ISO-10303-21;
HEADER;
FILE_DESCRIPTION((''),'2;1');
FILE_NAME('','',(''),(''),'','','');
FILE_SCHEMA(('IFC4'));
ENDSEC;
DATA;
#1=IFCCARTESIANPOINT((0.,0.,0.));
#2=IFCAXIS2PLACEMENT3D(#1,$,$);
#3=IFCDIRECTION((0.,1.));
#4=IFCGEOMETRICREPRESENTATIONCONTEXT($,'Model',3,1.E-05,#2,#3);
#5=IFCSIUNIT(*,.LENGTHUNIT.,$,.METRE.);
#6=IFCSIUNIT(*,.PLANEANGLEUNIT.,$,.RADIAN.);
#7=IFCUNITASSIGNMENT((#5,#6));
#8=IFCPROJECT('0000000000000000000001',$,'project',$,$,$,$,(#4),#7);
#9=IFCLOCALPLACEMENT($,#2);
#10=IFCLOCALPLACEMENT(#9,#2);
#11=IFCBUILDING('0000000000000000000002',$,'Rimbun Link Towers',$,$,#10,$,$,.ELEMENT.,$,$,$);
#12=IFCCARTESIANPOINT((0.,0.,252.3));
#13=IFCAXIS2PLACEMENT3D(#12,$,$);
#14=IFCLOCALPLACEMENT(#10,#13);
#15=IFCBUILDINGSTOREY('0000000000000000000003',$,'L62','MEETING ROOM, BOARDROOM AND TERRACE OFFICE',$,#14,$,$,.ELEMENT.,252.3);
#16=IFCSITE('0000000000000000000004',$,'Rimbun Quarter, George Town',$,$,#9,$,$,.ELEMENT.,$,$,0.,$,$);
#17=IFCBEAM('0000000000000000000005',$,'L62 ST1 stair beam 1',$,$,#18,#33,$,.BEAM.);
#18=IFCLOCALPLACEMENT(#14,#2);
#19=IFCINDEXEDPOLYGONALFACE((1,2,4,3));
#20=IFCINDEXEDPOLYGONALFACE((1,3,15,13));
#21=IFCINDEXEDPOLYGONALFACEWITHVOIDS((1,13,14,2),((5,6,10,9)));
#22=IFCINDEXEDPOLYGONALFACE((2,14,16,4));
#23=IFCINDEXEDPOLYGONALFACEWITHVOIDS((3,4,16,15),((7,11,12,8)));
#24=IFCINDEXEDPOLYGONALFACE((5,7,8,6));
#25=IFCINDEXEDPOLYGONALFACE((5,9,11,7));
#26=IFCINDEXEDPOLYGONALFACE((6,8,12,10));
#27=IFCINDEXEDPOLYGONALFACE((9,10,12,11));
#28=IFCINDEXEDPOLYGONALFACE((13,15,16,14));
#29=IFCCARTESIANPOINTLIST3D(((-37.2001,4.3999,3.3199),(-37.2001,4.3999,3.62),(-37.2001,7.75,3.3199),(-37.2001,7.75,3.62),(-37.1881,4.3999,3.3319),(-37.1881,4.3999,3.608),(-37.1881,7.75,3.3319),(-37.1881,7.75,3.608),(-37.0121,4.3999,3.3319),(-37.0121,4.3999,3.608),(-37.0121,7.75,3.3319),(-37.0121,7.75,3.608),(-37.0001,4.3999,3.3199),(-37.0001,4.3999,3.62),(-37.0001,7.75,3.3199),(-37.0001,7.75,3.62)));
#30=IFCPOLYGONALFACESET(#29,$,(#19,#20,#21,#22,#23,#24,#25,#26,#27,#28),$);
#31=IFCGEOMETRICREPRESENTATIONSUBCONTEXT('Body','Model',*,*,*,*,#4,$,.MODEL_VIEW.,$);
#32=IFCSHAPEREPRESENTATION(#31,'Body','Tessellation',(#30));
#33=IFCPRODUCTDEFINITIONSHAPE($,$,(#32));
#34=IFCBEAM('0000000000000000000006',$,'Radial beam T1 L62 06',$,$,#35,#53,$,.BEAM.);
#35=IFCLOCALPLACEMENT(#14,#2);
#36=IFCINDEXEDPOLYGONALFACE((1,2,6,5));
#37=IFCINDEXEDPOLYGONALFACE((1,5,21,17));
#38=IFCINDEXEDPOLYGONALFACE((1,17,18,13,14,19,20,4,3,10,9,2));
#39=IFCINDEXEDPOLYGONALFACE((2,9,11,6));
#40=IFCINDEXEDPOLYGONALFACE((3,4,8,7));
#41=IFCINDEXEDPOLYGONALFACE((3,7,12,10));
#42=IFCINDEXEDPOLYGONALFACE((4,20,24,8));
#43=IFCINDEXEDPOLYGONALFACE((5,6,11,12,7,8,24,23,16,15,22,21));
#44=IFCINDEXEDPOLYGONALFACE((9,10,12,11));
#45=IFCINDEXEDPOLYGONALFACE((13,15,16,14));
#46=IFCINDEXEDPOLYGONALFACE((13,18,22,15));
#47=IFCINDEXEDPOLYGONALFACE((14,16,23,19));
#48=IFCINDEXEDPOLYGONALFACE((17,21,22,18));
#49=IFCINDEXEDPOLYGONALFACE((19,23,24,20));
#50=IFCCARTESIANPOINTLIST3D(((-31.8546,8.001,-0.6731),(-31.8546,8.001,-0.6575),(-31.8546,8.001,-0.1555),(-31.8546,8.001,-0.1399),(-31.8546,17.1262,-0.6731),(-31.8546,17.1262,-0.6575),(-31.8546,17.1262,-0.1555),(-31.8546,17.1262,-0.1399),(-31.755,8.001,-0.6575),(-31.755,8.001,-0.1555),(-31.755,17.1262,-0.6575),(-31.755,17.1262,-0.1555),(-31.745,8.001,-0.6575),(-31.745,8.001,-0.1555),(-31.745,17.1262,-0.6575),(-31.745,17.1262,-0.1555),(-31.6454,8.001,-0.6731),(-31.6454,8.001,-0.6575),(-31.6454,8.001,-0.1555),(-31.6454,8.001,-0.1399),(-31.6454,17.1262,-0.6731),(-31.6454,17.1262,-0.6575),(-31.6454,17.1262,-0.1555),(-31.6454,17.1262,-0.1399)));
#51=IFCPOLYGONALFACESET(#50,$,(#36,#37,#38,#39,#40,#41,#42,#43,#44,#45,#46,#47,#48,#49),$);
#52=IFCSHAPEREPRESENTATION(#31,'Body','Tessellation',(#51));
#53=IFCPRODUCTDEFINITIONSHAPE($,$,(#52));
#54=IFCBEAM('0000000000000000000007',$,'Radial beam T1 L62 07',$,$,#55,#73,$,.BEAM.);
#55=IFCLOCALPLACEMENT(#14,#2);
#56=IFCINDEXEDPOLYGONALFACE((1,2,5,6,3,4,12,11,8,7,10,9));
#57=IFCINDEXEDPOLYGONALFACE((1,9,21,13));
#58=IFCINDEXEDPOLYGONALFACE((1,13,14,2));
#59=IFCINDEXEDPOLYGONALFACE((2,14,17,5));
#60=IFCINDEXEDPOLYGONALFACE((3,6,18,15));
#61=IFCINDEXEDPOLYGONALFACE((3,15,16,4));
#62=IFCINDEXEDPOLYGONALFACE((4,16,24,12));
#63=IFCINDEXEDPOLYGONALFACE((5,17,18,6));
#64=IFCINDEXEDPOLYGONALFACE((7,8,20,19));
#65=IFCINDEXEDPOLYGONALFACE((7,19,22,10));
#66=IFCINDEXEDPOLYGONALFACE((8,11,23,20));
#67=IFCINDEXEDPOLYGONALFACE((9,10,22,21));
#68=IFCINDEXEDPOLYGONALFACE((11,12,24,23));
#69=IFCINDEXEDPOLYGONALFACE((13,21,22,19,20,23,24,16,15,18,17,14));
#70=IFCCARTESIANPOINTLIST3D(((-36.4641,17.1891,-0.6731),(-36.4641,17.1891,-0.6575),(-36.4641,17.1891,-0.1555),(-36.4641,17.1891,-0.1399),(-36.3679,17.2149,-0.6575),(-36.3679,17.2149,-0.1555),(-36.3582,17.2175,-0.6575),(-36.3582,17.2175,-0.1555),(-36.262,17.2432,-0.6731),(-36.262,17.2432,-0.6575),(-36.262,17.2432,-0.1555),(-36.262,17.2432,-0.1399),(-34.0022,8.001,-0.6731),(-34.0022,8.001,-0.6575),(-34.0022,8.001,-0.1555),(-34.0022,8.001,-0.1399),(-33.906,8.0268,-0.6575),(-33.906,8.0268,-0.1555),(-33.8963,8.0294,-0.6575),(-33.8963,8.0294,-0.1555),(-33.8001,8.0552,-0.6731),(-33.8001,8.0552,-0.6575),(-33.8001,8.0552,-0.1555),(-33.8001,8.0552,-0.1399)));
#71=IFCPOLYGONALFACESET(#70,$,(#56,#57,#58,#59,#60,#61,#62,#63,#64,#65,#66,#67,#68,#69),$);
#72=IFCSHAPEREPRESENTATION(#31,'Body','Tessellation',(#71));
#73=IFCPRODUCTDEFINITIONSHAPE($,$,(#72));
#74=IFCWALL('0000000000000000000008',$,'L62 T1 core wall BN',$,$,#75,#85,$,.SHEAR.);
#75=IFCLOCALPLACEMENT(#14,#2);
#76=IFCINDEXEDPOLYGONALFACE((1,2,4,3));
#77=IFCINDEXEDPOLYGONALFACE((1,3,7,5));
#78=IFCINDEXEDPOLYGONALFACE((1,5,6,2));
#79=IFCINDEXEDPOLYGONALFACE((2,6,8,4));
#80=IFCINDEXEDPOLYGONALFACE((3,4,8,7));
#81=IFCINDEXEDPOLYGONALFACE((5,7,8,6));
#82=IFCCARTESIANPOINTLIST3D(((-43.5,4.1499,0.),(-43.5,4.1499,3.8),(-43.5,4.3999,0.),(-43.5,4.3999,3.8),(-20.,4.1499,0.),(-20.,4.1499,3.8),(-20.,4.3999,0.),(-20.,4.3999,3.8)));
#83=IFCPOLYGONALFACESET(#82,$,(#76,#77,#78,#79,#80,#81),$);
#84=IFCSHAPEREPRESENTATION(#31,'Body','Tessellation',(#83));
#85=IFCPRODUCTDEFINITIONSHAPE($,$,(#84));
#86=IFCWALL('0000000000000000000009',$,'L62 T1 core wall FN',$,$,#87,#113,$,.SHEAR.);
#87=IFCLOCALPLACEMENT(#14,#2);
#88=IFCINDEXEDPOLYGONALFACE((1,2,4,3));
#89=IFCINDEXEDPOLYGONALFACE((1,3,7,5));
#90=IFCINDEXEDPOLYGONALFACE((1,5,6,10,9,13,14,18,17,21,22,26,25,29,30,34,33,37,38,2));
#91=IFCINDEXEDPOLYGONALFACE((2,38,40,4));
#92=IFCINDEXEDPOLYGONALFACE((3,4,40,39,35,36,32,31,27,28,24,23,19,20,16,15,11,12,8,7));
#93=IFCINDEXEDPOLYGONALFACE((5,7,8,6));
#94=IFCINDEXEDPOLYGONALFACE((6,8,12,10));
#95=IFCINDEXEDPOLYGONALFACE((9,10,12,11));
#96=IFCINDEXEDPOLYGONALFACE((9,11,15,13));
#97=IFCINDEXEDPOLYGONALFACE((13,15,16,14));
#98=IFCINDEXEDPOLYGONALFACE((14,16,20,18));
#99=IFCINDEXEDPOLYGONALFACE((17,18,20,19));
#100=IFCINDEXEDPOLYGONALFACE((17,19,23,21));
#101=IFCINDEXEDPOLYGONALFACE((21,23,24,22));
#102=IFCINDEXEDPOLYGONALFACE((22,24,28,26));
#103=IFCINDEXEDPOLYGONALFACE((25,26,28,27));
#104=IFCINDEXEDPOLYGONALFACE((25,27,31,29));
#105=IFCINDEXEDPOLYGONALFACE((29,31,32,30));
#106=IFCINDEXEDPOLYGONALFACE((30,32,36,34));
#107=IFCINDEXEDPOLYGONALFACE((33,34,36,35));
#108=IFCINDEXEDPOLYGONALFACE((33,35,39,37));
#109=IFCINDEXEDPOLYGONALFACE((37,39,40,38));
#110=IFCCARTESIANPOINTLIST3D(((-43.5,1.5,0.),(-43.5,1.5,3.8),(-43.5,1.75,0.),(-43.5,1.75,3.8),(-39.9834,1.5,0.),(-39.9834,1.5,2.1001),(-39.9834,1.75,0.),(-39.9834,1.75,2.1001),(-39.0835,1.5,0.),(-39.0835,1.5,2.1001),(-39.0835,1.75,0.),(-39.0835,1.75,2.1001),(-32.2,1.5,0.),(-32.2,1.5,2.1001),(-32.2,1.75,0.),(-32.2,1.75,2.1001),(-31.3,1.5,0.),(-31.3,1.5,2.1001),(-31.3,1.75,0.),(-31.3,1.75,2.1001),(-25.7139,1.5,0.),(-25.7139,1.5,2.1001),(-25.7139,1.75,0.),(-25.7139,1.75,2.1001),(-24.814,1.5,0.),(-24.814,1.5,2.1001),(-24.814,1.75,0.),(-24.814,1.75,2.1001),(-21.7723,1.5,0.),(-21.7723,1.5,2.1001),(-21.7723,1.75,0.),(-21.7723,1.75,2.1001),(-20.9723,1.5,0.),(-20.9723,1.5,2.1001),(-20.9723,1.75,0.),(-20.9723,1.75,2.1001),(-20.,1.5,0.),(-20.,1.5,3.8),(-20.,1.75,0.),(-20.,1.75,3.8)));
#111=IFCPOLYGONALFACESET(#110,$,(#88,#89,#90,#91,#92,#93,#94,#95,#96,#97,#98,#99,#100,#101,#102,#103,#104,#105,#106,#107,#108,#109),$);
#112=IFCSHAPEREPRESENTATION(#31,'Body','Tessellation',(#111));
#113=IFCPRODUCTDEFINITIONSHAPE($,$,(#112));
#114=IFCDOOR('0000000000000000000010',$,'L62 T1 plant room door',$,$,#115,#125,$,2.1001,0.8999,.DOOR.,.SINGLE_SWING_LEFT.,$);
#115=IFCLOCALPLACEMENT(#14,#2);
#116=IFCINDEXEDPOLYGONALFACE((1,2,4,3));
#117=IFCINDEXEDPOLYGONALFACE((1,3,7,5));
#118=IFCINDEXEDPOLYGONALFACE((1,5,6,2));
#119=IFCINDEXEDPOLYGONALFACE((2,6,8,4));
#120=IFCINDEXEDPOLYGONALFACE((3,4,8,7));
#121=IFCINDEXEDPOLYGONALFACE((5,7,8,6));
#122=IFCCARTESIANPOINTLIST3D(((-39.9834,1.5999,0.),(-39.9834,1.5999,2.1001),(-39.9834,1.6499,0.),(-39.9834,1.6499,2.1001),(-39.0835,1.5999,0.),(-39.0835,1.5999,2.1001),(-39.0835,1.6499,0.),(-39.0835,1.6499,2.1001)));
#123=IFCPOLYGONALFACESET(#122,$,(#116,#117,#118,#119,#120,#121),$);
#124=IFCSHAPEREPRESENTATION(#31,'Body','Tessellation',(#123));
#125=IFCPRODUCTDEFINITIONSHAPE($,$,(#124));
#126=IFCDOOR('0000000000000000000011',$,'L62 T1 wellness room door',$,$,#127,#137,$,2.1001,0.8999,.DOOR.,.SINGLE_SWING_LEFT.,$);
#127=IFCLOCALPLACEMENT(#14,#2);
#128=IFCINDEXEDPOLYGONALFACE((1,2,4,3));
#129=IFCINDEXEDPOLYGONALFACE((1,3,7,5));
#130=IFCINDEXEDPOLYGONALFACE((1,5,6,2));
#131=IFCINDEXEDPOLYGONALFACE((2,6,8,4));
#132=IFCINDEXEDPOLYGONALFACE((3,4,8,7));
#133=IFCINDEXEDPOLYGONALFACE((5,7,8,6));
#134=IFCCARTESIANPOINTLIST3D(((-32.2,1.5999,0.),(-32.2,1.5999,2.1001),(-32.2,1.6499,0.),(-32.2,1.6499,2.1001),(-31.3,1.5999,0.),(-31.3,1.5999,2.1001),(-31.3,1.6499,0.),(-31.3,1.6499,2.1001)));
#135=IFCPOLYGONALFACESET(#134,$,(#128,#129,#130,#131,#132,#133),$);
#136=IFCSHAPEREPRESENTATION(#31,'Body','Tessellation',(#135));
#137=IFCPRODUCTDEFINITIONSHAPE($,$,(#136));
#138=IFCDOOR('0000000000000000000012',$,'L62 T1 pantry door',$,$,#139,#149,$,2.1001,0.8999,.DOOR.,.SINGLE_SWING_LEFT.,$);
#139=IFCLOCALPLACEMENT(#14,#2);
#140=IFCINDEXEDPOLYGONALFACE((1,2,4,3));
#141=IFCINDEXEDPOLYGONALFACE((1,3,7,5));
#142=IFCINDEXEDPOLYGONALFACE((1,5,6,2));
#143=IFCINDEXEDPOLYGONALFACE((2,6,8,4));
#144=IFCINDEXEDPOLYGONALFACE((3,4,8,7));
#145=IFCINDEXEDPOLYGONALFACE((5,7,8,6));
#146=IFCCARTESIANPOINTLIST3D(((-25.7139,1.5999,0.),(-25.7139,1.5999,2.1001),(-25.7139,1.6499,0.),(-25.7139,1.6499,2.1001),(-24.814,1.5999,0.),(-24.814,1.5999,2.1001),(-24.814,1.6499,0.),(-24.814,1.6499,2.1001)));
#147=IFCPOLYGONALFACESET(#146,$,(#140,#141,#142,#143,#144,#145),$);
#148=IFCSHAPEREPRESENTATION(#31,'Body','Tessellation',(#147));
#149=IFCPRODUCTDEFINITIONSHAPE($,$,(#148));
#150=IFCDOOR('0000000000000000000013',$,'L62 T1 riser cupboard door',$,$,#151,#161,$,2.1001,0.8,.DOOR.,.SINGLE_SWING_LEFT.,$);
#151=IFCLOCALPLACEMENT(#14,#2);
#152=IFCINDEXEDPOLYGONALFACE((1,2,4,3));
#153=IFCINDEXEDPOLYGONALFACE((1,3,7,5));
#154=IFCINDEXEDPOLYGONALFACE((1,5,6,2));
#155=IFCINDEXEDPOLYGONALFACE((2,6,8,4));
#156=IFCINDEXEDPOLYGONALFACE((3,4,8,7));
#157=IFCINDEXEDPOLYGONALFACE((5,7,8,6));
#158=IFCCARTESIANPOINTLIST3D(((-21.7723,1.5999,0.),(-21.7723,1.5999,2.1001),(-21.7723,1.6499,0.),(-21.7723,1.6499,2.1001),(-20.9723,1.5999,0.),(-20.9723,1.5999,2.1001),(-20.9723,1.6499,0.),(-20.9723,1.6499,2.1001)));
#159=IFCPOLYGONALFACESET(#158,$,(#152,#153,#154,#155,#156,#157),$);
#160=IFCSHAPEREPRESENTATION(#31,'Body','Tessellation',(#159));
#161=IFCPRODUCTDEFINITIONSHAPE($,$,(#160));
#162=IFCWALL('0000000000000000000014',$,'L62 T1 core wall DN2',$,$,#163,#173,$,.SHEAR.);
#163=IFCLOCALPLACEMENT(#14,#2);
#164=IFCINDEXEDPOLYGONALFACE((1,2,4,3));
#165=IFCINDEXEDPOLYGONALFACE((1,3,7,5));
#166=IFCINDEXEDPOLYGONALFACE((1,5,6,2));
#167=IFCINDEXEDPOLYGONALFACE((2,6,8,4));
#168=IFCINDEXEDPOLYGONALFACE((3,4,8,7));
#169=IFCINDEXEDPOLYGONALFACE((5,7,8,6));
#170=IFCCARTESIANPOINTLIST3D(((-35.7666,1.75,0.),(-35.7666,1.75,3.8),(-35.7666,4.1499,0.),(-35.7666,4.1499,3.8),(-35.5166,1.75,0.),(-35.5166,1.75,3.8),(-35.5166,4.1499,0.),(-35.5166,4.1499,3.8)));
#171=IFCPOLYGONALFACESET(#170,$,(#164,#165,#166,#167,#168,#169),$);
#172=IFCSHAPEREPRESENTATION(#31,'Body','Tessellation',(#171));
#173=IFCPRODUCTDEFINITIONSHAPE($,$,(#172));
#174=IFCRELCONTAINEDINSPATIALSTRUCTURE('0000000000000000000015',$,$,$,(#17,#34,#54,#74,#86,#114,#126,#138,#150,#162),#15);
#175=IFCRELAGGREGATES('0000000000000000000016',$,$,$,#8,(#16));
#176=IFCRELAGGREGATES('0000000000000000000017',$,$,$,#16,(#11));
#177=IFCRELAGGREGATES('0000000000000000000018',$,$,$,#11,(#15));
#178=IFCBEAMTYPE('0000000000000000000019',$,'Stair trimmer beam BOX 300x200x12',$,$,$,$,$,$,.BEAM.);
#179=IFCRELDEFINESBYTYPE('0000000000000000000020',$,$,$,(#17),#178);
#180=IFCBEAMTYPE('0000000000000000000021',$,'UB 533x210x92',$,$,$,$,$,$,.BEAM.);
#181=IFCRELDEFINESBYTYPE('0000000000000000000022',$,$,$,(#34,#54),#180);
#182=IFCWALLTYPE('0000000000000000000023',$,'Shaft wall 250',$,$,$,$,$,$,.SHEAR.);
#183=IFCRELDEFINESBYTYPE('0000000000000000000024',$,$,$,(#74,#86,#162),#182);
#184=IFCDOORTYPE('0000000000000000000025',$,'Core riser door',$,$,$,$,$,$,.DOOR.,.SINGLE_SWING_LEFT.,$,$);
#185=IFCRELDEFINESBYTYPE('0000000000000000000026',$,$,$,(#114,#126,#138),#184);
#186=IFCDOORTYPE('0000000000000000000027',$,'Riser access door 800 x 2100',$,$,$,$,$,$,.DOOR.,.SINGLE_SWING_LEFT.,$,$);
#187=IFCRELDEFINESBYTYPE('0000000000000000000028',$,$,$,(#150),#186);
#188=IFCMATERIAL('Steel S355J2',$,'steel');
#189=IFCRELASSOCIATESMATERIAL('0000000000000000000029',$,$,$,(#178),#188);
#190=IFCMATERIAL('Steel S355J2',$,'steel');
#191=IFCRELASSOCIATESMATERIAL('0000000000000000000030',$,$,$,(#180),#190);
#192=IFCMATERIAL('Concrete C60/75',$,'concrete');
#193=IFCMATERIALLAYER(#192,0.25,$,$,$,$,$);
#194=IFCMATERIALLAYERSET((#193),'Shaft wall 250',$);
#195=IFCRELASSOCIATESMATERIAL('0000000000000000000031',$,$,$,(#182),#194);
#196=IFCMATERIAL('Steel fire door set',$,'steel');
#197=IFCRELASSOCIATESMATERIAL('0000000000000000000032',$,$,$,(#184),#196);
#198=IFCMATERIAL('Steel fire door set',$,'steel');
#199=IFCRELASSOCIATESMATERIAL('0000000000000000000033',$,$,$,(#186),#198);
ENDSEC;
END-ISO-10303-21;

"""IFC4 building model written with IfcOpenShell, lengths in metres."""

from ifc_helpers import new_model, si_unit, direction, frame, frame_2d, origin, origin_2d, place, context, subcontext, project, spatial, rectangle, hollow_rectangle, i_section, extrude, material, layer, layer_set, material_profile, profile_set, type_object, element, fill, save


model = new_model("IFC4")

# Units and contexts
model_context = context("Model", 3, precision=1e-05, world=origin(), true_north=direction((0.0, 1.0)))
body_context = subcontext(model_context, "Body", "Model", "MODEL_VIEW")
ifc_project = project(units=[si_unit("LENGTHUNIT", "METRE"), si_unit("PLANEANGLEUNIT", "RADIAN")], contexts=[model_context])

# Site, building, storey
site_placement = place(None, origin())
site = spatial("IfcSite", under=ifc_project, at=site_placement, Name="Rimbun Quarter, George Town", CompositionType="ELEMENT", RefElevation=0.0)
building_placement = place(site_placement, origin())
building = spatial("IfcBuilding", under=site, at=building_placement, Name="Rimbun Link Towers", CompositionType="ELEMENT")
storey_placement = place(building_placement, frame((0.0, 0.0, 252.3)))
storey = spatial("IfcBuildingStorey", under=building, at=storey_placement, Name="L62", Description="MEETING ROOM, BOARDROOM AND TERRACE OFFICE", CompositionType="ELEMENT", Elevation=252.3)

# Beams
ifc_material_1 = material(Name="Steel S355J2", Category="steel")
ifc_material_profile_1 = material_profile(ifc_material_1, hollow_rectangle(XDim=0.2, YDim=0.3, WallThickness=0.012, at=origin_2d()), Name="BOX 300x200x12")
ifc_profile_set_1 = profile_set([ifc_material_profile_1], Name="Steel S355J2")
beam_type_1 = type_object("IfcBeamType", Name="Stair trimmer beam BOX 300x200x12", PredefinedType="BEAM", material=ifc_profile_set_1)
beam_1_placement = place(storey_placement, frame((-37.1001, 7.75, 3.47), z_axis=(0.0, -1.0, 0.0), x_axis=(1.0, 0.0, 0.0)))
element("IfcBeam", 1, at=beam_1_placement, inside=storey, type_object=beam_type_1, Name="L62 ST1 stair beam 1", PredefinedType="BEAM", context=body_context, shape_type="SweptSolid", body=[
    extrude(hollow_rectangle(XDim=0.2, YDim=0.3, WallThickness=0.012, at=origin_2d()), origin(), (0.0, 0.0, 1.0), 3.3501),
])
ifc_material_2 = material(Name="Steel S355J2", Category="steel")
ifc_material_profile_2 = material_profile(ifc_material_2, i_section(OverallWidth=0.2092, OverallDepth=0.5332, WebThickness=0.01, FlangeThickness=0.0156, at=origin_2d()), Name="UB 533x210x92")
ifc_profile_set_2 = profile_set([ifc_material_profile_2], Name="Steel S355J2")
beam_type_2 = type_object("IfcBeamType", Name="UB 533x210x92", PredefinedType="BEAM", material=ifc_profile_set_2)
beam_2_placement = place(storey_placement, frame((-31.75, 8.001, -0.4065), z_axis=(0.0, 1.0, 0.0), x_axis=(-1.0, 0.0, 0.0)))
element("IfcBeam", 2, at=beam_2_placement, inside=storey, type_object=beam_type_2, Name="Radial beam T1 L62 06", PredefinedType="BEAM", context=body_context, shape_type="SweptSolid", body=[
    extrude(i_section(OverallWidth=0.2092, OverallDepth=0.5332, WebThickness=0.01, FlangeThickness=0.0156, at=origin_2d()), origin(), (0.0, 0.0, 1.0), 9.1252),
])
beam_3_placement = place(storey_placement, frame((-33.9011, 8.0281, -0.4065), z_axis=(-0.258819, 0.965926, 0.0), x_axis=(-0.965926, -0.258819, 0.0)))
element("IfcBeam", 3, at=beam_3_placement, inside=storey, type_object=beam_type_2, Name="Radial beam T1 L62 07", PredefinedType="BEAM", context=body_context, shape_type="SweptSolid", body=[
    extrude(i_section(OverallWidth=0.2092, OverallDepth=0.5332, WebThickness=0.01, FlangeThickness=0.0156, at=origin_2d()), origin(), (0.0, 0.0, 1.0), 9.5122),
])

# Wall
ifc_material_3 = material(Name="Concrete C60/75", Category="concrete")
ifc_layer = layer(ifc_material_3, 0.25)
ifc_layer_set = layer_set([ifc_layer], Name="Shaft wall 250")
wall_type = type_object("IfcWallType", Name="Shaft wall 250", PredefinedType="SHEAR", material=ifc_layer_set)
wall_1_placement = place(storey_placement, frame((-43.5, 4.2749, 0.0), z_axis=(0.0, 0.0, 1.0), x_axis=(1.0, 0.0, 0.0)))
element("IfcWall", 4, at=wall_1_placement, inside=storey, type_object=wall_type, Name="L62 T1 core wall BN", PredefinedType="SHEAR", context=body_context, shape_type="SweptSolid", body=[
    extrude(rectangle(XDim=23.5, YDim=0.25, at=frame_2d((11.75, 0.0))), origin(), (0.0, 0.0, 1.0), 3.8),
])

# Wall, openings, doors
wall_2_placement = place(storey_placement, frame((-43.5, 1.625, 0.0), z_axis=(0.0, 0.0, 1.0), x_axis=(1.0, 0.0, 0.0)))
wall_2 = element("IfcWall", 5, at=wall_2_placement, inside=storey, type_object=wall_type, Name="L62 T1 core wall FN", PredefinedType="SHEAR", context=body_context, shape_type="SweptSolid", body=[
    extrude(rectangle(XDim=23.5, YDim=0.25, at=frame_2d((11.75, 0.0))), origin(), (0.0, 0.0, 1.0), 3.8),
])
opening_1_placement = place(wall_2_placement, frame((3.5166, 0.0, 0.0)))
opening_1 = element("IfcOpeningElement", 6, at=opening_1_placement, cuts=wall_2, PredefinedType="OPENING", context=body_context, shape_type="SweptSolid", body=[
    extrude(rectangle(XDim=0.8999, YDim=2.1001, at=frame_2d((0.45, 1.05))), frame((0.0, 0.135, 0.0), z_axis=(0.0, -1.0, 0.0), x_axis=(1.0, 0.0, 0.0)), (0.0, 0.0, 1.0), 0.27),
])
opening_2_placement = place(wall_2_placement, frame((11.3, 0.0, 0.0)))
opening_2 = element("IfcOpeningElement", 7, at=opening_2_placement, cuts=wall_2, PredefinedType="OPENING", context=body_context, shape_type="SweptSolid", body=[
    extrude(rectangle(XDim=0.8999, YDim=2.1001, at=frame_2d((0.45, 1.05))), frame((0.0, 0.135, 0.0), z_axis=(0.0, -1.0, 0.0), x_axis=(1.0, 0.0, 0.0)), (0.0, 0.0, 1.0), 0.27),
])
opening_3_placement = place(wall_2_placement, frame((17.7861, 0.0, 0.0)))
opening_3 = element("IfcOpeningElement", 8, at=opening_3_placement, cuts=wall_2, PredefinedType="OPENING", context=body_context, shape_type="SweptSolid", body=[
    extrude(rectangle(XDim=0.8999, YDim=2.1001, at=frame_2d((0.45, 1.05))), frame((0.0, 0.135, 0.0), z_axis=(0.0, -1.0, 0.0), x_axis=(1.0, 0.0, 0.0)), (0.0, 0.0, 1.0), 0.27),
])
opening_4_placement = place(wall_2_placement, frame((21.7278, 0.0, 0.0)))
opening_4 = element("IfcOpeningElement", 9, at=opening_4_placement, cuts=wall_2, PredefinedType="OPENING", context=body_context, shape_type="SweptSolid", body=[
    extrude(rectangle(XDim=0.8, YDim=2.1001, at=frame_2d((0.3999, 1.05))), frame((0.0, 0.135, 0.0), z_axis=(0.0, -1.0, 0.0), x_axis=(1.0, 0.0, 0.0)), (0.0, 0.0, 1.0), 0.27),
])
ifc_material_4 = material(Name="Steel fire door set", Category="steel")
door_type_1 = type_object("IfcDoorType", Name="Core riser door", OperationType="SINGLE_SWING_LEFT", PredefinedType="DOOR", material=ifc_material_4)
door_1_placement = place(opening_1_placement, origin())
door_1 = element("IfcDoor", 10, at=door_1_placement, inside=storey, type_object=door_type_1, Name="L62 T1 plant room door", OperationType="SINGLE_SWING_LEFT", OverallHeight=2.1001, OverallWidth=0.8999, PredefinedType="DOOR", context=body_context, shape_type="SweptSolid", body=[
    extrude(rectangle(XDim=0.8999, YDim=2.1001, at=frame_2d((0.45, 1.05))), frame((0.0, 0.0249, 0.0), z_axis=(0.0, -1.0, 0.0), x_axis=(1.0, 0.0, 0.0)), (0.0, 0.0, 1.0), 0.05),
])
fill(opening_1, door_1)
door_2_placement = place(opening_2_placement, origin())
door_2 = element("IfcDoor", 11, at=door_2_placement, inside=storey, type_object=door_type_1, Name="L62 T1 wellness room door", OperationType="SINGLE_SWING_LEFT", OverallHeight=2.1001, OverallWidth=0.8999, PredefinedType="DOOR", context=body_context, shape_type="SweptSolid", body=[
    extrude(rectangle(XDim=0.8999, YDim=2.1001, at=frame_2d((0.45, 1.05))), frame((0.0, 0.0249, 0.0), z_axis=(0.0, -1.0, 0.0), x_axis=(1.0, 0.0, 0.0)), (0.0, 0.0, 1.0), 0.05),
])
fill(opening_2, door_2)
door_3_placement = place(opening_3_placement, origin())
door_3 = element("IfcDoor", 12, at=door_3_placement, inside=storey, type_object=door_type_1, Name="L62 T1 pantry door", OperationType="SINGLE_SWING_LEFT", OverallHeight=2.1001, OverallWidth=0.8999, PredefinedType="DOOR", context=body_context, shape_type="SweptSolid", body=[
    extrude(rectangle(XDim=0.8999, YDim=2.1001, at=frame_2d((0.45, 1.05))), frame((0.0, 0.0249, 0.0), z_axis=(0.0, -1.0, 0.0), x_axis=(1.0, 0.0, 0.0)), (0.0, 0.0, 1.0), 0.05),
])
fill(opening_3, door_3)
ifc_material_5 = material(Name="Steel fire door set", Category="steel")
door_type_2 = type_object("IfcDoorType", Name="Riser access door 800 x 2100", OperationType="SINGLE_SWING_LEFT", PredefinedType="DOOR", material=ifc_material_5)
door_4_placement = place(opening_4_placement, origin())
door_4 = element("IfcDoor", 13, at=door_4_placement, inside=storey, type_object=door_type_2, Name="L62 T1 riser cupboard door", OperationType="SINGLE_SWING_LEFT", OverallHeight=2.1001, OverallWidth=0.8, PredefinedType="DOOR", context=body_context, shape_type="SweptSolid", body=[
    extrude(rectangle(XDim=0.8, YDim=2.1001, at=frame_2d((0.3999, 1.05))), frame((0.0, 0.0249, 0.0), z_axis=(0.0, -1.0, 0.0), x_axis=(1.0, 0.0, 0.0)), (0.0, 0.0, 1.0), 0.05),
])
fill(opening_4, door_4)

# Wall
wall_3_placement = place(storey_placement, frame((-35.6416, 1.75, 0.0), z_axis=(0.0, 0.0, 1.0), x_axis=(0.0, 1.0, 0.0)))
element("IfcWall", 14, at=wall_3_placement, inside=storey, type_object=wall_type, Name="L62 T1 core wall DN2", PredefinedType="SHEAR", context=body_context, shape_type="SweptSolid", body=[
    extrude(rectangle(XDim=2.3999, YDim=0.25, at=frame_2d((1.2, 0.0))), origin(), (0.0, 0.0, 1.0), 3.8),
])

save(model, "model.ifc")
